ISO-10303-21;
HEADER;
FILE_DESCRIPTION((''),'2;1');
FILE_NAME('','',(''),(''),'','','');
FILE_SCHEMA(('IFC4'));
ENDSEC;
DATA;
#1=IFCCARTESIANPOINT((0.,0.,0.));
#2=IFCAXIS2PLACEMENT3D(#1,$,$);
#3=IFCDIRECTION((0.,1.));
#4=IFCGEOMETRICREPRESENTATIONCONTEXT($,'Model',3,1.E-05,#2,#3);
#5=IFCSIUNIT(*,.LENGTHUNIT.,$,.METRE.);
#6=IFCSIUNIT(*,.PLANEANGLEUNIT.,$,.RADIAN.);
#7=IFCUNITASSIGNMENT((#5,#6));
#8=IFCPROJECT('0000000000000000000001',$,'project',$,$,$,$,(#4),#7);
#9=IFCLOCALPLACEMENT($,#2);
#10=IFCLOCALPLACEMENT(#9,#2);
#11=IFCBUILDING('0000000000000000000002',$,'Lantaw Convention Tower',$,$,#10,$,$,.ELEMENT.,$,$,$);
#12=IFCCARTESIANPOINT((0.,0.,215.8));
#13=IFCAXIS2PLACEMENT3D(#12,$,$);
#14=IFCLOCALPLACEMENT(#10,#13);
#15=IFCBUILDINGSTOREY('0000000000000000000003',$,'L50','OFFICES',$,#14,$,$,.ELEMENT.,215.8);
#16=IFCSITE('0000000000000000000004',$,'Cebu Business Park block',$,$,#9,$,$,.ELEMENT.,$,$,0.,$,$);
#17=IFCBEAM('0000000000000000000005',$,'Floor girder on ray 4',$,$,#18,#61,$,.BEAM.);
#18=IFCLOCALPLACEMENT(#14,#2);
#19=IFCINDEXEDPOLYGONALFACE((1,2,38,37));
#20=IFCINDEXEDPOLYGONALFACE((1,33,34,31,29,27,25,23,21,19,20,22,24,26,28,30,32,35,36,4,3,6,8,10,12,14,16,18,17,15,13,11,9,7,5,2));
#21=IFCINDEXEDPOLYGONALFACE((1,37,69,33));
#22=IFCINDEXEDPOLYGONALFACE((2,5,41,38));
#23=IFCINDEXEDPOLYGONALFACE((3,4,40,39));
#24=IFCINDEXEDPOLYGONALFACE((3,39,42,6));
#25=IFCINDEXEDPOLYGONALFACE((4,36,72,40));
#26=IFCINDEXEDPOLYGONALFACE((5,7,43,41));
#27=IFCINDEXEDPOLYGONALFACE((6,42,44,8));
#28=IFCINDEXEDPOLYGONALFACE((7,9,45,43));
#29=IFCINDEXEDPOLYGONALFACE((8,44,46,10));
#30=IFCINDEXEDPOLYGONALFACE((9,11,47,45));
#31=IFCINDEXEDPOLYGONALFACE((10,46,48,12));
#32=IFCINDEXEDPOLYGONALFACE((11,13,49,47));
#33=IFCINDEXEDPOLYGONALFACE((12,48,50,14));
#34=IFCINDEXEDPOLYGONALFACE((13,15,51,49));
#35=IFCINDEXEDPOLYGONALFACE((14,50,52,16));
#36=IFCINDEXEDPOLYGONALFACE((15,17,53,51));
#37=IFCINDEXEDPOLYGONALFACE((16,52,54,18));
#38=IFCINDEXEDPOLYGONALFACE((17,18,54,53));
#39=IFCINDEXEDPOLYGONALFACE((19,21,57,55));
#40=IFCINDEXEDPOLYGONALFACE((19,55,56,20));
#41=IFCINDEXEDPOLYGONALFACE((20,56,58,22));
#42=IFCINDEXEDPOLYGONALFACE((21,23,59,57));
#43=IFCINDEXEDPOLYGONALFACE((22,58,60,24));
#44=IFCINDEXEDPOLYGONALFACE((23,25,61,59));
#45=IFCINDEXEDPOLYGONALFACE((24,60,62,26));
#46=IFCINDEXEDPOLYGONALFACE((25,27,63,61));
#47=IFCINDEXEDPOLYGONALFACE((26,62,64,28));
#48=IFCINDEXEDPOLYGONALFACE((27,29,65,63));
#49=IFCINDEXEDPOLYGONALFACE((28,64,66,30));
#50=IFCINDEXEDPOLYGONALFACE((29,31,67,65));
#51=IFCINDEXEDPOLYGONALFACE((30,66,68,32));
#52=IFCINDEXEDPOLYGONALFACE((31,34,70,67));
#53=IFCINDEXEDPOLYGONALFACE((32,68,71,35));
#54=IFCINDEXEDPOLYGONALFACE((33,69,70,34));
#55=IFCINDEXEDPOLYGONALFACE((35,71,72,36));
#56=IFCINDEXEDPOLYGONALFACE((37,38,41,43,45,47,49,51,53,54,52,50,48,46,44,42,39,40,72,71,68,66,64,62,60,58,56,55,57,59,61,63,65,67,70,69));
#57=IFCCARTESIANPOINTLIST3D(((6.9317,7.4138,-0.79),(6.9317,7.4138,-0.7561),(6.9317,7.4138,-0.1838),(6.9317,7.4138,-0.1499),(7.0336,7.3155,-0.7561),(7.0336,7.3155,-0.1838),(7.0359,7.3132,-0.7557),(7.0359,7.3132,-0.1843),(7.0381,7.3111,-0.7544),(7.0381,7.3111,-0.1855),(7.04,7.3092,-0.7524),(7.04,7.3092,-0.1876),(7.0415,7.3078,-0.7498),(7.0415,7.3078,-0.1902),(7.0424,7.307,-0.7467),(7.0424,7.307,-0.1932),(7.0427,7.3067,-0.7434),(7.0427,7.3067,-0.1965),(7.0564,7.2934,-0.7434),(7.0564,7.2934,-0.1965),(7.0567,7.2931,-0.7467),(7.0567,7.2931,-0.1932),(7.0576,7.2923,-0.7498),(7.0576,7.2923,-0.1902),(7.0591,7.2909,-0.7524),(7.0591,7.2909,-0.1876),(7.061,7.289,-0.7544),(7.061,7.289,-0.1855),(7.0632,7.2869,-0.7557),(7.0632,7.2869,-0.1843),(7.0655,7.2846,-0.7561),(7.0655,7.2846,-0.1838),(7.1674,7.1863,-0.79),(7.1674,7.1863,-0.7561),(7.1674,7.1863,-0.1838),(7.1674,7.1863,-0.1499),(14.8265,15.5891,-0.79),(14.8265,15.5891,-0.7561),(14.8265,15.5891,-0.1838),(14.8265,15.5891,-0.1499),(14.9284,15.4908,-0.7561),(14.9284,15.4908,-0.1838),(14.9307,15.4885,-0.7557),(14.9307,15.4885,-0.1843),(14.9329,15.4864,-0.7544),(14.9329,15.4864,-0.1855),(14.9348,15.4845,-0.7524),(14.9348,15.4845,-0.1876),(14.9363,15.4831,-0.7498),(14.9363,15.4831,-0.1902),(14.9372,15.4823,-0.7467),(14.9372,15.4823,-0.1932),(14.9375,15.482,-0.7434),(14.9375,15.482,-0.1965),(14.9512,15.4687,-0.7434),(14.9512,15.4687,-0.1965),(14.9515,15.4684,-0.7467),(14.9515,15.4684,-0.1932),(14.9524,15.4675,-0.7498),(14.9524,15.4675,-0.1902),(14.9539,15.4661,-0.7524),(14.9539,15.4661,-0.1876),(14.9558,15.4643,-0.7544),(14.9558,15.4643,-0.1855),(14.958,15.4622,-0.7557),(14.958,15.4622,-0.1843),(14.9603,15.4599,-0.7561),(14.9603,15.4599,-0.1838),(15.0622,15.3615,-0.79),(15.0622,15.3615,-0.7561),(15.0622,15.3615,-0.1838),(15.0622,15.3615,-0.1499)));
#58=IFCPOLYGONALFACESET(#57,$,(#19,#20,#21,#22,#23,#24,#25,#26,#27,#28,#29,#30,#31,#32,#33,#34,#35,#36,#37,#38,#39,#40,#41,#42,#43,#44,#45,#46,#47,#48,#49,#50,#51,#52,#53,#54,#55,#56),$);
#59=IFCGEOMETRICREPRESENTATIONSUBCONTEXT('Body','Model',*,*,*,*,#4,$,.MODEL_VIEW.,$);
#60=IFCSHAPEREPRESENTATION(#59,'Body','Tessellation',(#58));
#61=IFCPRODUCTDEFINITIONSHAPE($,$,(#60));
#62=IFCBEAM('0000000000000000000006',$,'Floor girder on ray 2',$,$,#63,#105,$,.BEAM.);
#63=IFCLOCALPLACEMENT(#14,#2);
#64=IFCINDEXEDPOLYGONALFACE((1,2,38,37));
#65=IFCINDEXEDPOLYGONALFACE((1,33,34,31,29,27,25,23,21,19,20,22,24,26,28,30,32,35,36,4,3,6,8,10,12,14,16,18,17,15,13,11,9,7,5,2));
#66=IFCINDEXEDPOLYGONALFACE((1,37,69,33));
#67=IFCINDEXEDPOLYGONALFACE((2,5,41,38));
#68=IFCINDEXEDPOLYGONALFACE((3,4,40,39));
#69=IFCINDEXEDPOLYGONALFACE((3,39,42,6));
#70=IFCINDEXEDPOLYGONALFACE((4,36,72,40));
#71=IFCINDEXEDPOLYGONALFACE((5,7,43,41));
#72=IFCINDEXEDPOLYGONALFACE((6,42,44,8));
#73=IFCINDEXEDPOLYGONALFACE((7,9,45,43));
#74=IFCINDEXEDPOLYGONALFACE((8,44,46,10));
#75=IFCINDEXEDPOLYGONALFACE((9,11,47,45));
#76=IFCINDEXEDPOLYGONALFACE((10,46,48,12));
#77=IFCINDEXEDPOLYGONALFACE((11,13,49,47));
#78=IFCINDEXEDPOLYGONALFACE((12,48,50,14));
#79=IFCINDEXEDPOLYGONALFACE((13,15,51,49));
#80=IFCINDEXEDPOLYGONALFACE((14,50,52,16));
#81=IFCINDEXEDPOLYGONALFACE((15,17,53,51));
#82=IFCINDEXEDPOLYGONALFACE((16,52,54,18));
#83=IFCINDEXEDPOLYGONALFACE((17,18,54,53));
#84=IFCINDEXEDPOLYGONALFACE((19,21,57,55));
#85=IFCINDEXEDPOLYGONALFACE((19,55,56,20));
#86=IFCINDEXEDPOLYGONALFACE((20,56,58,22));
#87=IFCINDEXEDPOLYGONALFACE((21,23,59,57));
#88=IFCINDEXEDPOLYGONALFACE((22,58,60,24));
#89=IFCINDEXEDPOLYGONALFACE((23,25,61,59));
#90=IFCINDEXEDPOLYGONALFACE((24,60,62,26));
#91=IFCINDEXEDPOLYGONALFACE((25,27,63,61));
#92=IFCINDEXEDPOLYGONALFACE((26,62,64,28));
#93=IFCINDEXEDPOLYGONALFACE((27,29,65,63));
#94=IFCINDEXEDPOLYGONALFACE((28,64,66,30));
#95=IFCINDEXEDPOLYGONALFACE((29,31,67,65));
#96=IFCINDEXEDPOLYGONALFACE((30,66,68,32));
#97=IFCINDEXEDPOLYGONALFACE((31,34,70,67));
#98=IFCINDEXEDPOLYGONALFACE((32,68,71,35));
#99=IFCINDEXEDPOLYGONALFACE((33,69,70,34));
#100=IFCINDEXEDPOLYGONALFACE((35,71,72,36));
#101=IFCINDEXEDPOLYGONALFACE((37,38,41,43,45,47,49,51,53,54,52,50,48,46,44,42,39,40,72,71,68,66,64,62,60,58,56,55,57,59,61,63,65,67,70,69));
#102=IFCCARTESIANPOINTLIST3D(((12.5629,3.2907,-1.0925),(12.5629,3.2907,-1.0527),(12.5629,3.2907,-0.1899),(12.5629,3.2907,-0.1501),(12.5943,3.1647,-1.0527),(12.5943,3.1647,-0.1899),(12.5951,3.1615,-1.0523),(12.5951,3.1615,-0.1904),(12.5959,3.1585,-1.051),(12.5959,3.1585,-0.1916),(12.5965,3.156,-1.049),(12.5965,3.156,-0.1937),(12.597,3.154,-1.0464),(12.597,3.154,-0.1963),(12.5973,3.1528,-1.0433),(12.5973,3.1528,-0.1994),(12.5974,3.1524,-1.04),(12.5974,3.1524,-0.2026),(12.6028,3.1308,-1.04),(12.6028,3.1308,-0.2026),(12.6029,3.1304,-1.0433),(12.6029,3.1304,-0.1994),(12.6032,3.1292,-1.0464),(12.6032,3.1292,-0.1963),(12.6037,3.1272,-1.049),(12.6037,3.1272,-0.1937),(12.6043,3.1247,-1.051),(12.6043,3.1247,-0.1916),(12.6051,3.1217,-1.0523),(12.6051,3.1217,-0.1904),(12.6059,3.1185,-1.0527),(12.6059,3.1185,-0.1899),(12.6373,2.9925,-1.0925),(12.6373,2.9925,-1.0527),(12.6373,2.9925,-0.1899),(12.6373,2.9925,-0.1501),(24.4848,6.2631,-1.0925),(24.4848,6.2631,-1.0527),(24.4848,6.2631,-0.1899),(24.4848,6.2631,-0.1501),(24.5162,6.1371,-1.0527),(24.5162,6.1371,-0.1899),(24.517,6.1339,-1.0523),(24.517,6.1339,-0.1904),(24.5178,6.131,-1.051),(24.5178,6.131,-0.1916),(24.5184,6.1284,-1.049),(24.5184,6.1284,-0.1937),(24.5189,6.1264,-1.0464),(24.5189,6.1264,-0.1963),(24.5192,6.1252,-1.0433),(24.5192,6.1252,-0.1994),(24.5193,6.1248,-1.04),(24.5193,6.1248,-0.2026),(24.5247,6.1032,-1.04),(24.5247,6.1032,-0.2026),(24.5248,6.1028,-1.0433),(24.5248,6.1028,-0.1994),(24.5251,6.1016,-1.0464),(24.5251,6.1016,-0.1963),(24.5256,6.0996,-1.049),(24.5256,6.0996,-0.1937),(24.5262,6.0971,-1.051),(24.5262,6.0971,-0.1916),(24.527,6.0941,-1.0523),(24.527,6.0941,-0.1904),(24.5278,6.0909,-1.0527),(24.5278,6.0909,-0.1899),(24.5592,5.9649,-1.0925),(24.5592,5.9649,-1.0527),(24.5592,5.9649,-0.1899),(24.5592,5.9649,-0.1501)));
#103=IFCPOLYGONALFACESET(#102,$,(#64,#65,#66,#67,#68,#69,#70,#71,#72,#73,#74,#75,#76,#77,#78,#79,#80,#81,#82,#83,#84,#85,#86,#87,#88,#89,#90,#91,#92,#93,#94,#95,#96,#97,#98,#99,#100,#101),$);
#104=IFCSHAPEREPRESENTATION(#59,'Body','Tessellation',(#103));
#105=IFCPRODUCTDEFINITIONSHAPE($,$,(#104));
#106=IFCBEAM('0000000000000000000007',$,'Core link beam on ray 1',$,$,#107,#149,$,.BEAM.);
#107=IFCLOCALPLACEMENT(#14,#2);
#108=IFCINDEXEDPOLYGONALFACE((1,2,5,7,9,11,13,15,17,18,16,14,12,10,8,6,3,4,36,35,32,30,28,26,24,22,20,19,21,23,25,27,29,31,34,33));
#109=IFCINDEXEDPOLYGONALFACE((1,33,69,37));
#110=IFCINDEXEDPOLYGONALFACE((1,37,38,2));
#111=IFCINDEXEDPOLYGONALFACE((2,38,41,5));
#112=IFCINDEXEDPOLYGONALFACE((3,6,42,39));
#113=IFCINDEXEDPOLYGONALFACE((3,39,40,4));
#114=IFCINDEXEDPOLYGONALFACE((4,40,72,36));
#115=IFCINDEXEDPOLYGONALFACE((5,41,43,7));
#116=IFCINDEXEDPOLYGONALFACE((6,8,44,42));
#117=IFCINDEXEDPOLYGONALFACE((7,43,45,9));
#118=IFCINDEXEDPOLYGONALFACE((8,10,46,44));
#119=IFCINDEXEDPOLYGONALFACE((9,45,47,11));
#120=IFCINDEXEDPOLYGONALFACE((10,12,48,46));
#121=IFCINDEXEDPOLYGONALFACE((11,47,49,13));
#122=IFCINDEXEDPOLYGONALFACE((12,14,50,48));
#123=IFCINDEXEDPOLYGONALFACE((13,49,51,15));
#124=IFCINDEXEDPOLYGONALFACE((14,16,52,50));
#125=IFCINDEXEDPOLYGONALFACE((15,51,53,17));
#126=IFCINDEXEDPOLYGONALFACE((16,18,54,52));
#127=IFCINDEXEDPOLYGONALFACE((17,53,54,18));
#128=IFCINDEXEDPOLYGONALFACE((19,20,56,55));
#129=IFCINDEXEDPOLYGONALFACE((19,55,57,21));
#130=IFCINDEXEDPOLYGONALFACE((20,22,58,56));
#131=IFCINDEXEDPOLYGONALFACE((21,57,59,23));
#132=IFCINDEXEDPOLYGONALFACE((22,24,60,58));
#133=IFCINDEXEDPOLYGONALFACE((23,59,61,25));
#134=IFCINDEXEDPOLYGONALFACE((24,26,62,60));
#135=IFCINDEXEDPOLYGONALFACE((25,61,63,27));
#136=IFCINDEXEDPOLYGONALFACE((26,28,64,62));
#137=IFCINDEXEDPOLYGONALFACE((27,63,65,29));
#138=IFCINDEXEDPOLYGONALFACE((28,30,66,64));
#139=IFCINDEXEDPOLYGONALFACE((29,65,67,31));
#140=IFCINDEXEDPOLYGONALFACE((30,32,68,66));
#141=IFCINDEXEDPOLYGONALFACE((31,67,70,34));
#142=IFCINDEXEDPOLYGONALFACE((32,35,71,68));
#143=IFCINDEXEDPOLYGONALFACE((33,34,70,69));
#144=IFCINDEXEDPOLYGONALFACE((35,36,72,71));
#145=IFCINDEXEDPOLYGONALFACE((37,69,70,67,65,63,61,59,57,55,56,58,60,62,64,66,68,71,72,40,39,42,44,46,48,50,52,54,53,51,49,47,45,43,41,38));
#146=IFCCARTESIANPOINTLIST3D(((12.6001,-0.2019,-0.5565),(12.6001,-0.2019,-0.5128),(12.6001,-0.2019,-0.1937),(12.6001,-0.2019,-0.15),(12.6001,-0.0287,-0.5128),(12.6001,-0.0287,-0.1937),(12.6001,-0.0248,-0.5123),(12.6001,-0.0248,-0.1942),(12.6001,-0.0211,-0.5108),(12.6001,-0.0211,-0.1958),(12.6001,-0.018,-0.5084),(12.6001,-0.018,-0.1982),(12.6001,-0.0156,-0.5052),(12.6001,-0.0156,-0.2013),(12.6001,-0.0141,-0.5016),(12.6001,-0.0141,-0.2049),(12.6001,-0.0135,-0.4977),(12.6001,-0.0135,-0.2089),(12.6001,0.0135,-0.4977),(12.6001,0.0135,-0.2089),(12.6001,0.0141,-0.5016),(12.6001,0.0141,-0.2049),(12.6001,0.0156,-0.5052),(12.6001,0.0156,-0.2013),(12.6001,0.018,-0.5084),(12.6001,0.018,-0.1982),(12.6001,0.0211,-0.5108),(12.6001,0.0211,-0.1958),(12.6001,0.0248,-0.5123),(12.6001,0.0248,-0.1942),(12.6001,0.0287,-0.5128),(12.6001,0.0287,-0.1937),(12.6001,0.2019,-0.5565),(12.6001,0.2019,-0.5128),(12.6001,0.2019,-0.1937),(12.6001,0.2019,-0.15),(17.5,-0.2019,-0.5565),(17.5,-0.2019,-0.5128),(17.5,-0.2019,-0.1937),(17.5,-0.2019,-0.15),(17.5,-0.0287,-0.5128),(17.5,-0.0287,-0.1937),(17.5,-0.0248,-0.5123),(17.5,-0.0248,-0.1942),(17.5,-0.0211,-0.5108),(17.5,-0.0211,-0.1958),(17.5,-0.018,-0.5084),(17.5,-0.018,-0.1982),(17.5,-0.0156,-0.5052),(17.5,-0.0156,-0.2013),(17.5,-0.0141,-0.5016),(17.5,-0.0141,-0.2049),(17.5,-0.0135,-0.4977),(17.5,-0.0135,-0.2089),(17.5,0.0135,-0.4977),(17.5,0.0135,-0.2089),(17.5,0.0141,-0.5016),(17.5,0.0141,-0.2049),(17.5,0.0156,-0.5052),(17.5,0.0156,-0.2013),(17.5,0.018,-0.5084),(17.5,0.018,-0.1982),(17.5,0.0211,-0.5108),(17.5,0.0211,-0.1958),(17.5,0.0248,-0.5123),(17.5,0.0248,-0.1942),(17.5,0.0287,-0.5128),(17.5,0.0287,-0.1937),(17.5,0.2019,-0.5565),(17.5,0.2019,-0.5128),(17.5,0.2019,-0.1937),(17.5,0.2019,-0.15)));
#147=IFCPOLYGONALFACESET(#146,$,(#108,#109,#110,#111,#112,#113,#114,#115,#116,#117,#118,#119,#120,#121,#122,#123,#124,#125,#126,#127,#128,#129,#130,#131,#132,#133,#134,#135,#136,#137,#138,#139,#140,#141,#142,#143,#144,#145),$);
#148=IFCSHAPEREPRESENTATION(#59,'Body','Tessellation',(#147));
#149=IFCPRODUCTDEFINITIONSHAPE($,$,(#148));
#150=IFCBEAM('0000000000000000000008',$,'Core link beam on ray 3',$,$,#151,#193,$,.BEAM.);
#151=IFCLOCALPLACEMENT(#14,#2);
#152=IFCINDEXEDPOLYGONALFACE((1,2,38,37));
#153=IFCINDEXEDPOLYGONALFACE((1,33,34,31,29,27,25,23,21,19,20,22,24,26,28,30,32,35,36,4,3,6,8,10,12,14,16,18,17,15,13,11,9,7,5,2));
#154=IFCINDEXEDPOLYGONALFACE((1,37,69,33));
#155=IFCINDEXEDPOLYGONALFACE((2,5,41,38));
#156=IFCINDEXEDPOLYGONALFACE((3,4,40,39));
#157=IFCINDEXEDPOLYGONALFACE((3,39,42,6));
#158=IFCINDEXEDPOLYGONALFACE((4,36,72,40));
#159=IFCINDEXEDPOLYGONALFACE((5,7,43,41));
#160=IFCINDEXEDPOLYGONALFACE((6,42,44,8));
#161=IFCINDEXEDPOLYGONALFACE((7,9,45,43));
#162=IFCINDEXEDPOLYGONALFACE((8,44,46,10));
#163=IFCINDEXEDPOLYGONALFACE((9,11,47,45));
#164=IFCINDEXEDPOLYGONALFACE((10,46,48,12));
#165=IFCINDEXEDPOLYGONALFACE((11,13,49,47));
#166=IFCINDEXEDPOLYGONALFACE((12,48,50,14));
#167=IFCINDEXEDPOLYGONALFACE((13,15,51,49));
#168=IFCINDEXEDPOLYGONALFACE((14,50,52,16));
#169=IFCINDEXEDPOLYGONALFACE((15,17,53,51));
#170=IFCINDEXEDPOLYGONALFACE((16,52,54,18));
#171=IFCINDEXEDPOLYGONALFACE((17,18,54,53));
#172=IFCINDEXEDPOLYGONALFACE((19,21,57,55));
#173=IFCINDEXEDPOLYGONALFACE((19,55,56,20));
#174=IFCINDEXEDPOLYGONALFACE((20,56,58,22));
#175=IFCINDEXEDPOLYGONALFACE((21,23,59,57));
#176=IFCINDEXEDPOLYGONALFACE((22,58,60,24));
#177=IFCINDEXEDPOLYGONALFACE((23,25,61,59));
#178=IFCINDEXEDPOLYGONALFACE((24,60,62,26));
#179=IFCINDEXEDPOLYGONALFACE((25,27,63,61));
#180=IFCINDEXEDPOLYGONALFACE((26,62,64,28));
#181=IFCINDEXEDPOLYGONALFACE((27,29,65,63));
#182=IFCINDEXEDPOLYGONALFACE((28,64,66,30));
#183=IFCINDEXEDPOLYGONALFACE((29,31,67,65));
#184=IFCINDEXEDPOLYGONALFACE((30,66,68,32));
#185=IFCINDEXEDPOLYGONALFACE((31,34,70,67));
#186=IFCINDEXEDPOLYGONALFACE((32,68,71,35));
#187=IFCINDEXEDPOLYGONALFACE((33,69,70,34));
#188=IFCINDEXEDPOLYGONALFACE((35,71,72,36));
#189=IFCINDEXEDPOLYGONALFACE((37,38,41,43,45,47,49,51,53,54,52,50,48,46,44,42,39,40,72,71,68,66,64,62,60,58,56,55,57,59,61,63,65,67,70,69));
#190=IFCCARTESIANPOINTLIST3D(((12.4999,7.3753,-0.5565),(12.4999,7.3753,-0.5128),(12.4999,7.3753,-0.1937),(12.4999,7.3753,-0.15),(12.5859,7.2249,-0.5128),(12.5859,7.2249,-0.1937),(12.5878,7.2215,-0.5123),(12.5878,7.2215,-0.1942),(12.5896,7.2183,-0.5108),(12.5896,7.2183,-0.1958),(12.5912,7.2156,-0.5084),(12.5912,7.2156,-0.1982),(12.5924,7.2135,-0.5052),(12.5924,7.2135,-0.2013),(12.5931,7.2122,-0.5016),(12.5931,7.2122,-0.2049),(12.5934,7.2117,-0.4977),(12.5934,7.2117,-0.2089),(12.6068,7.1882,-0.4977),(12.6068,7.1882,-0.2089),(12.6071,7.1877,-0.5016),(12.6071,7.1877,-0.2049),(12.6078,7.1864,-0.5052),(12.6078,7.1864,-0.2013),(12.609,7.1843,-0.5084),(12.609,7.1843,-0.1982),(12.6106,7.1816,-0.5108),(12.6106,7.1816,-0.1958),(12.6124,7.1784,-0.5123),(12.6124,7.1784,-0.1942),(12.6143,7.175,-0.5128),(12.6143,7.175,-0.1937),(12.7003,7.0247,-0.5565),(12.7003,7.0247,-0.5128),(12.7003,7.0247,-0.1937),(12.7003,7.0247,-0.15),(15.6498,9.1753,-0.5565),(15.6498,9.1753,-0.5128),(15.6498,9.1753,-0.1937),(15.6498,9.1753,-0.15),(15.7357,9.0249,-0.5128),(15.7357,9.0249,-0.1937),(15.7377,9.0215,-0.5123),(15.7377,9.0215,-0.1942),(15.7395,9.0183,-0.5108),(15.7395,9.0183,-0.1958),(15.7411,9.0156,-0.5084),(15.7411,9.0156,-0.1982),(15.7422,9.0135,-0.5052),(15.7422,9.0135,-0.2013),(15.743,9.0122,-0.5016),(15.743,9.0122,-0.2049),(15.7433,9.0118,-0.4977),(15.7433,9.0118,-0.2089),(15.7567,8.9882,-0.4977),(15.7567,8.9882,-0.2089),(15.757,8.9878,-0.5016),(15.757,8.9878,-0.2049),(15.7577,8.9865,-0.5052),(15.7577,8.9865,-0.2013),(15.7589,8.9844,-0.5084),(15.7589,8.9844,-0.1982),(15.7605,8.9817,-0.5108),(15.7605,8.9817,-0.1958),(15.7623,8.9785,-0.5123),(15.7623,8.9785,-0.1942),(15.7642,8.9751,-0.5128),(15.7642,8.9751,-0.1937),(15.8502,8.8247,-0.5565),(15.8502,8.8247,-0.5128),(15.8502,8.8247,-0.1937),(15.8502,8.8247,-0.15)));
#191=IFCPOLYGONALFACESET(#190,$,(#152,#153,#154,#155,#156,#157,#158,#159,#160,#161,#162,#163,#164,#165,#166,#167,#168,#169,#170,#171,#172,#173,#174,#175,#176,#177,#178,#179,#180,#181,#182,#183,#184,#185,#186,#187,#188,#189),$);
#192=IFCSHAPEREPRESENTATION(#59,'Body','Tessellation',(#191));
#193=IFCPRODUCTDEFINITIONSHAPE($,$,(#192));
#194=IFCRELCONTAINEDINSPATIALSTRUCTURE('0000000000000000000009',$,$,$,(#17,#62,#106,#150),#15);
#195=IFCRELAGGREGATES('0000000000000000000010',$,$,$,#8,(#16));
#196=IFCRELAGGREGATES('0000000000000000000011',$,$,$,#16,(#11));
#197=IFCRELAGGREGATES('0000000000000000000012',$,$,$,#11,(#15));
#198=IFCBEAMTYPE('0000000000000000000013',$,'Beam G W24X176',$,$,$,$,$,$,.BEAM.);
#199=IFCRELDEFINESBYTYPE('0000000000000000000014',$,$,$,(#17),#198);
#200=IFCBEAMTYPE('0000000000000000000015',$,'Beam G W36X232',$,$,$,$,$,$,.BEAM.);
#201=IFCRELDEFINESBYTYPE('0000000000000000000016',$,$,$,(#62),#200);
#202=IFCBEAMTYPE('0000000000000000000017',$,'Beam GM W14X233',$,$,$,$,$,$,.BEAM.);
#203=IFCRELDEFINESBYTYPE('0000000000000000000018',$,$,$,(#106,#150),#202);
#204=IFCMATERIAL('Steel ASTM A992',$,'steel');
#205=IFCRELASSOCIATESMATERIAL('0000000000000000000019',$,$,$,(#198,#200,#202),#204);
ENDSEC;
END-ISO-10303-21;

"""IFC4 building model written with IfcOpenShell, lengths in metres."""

from ifc_helpers import new_model, si_unit, direction, frame, origin, origin_2d, place, context, subcontext, project, spatial, i_section, extrude, material, material_profile, profile_set, type_object, element, save


model = new_model("IFC4")

# Units and contexts
model_context = context("Model", 3, precision=1e-05, world=origin(), true_north=direction((0.0, 1.0)))
body_context = subcontext(model_context, "Body", "Model", "MODEL_VIEW")
ifc_project = project(units=[si_unit("LENGTHUNIT", "METRE"), si_unit("PLANEANGLEUNIT", "RADIAN")], contexts=[model_context])

# Site, building, storey
site_placement = place(None, origin())
site = spatial("IfcSite", under=ifc_project, at=site_placement, Name="Cebu Business Park block", CompositionType="ELEMENT", RefElevation=0.0)
building_placement = place(site_placement, origin())
building = spatial("IfcBuilding", under=site, at=building_placement, Name="Lantaw Convention Tower", CompositionType="ELEMENT")
storey_placement = place(building_placement, frame((0.0, 0.0, 215.8)))
storey = spatial("IfcBuildingStorey", under=building, at=storey_placement, Name="L50", Description="OFFICES", CompositionType="ELEMENT", Elevation=215.8)

# Beams
ifc_material_1 = material(Name="Steel ASTM A992", Category="steel")
ifc_material_profile_1 = material_profile(ifc_material_1, i_section(OverallWidth=0.3276, OverallDepth=0.6401, WebThickness=0.019, FlangeThickness=0.0339, FilletRadius=0.0127, at=origin_2d()), Name="W24X176")
ifc_profile_set_1 = profile_set([ifc_material_profile_1], Name="Steel ASTM A992")
beam_type_1 = type_object("IfcBeamType", Name="Beam G W24X176", PredefinedType="BEAM", material=ifc_profile_set_1)
beam_1_placement = place(storey_placement, frame((7.0496, 7.3, -0.47), z_axis=(0.694658, 0.71934, 0.0), x_axis=(-0.71934, 0.694658, 0.0)))
element("IfcBeam", 1, at=beam_1_placement, inside=storey, type_object=beam_type_1, Name="Floor girder on ray 4", PredefinedType="BEAM", context=body_context, shape_type="SweptSolid", body=[
    extrude(i_section(OverallWidth=0.3276, OverallDepth=0.6401, WebThickness=0.019, FlangeThickness=0.0339, FilletRadius=0.0127, at=origin_2d()), origin(), (0.0, 0.0, 1.0), 11.365),
])
ifc_material_profile_2 = material_profile(ifc_material_1, i_section(OverallWidth=0.3074, OverallDepth=0.9424, WebThickness=0.0222, FlangeThickness=0.0398, FilletRadius=0.0127, at=origin_2d()), Name="W36X232")
ifc_profile_set_2 = profile_set([ifc_material_profile_2], Name="Steel ASTM A992")
beam_type_2 = type_object("IfcBeamType", Name="Beam G W36X232", PredefinedType="BEAM", material=ifc_profile_set_2)
beam_2_placement = place(storey_placement, frame((12.6001, 3.1416, -0.6213), z_axis=(0.970297, 0.241918, 0.0), x_axis=(-0.241918, 0.970297, 0.0)))
element("IfcBeam", 2, at=beam_2_placement, inside=storey, type_object=beam_type_2, Name="Floor girder on ray 2", PredefinedType="BEAM", context=body_context, shape_type="SweptSolid", body=[
    extrude(i_section(OverallWidth=0.3074, OverallDepth=0.9424, WebThickness=0.0222, FlangeThickness=0.0398, FilletRadius=0.0127, at=origin_2d()), origin(), (0.0, 0.0, 1.0), 12.2869),
])
ifc_material_profile_3 = material_profile(ifc_material_1, i_section(OverallWidth=0.4038, OverallDepth=0.4065, WebThickness=0.0271, FlangeThickness=0.0437, FilletRadius=0.0151, at=origin_2d()), Name="W14X233")
ifc_profile_set_3 = profile_set([ifc_material_profile_3], Name="Steel ASTM A992")
beam_type_3 = type_object("IfcBeamType", Name="Beam GM W14X233", PredefinedType="BEAM", material=ifc_profile_set_3)
beam_3_placement = place(storey_placement, frame((12.6001, 0.0, -0.3533), z_axis=(1.0, 0.0, 0.0), x_axis=(0.0, 1.0, 0.0)))
element("IfcBeam", 3, at=beam_3_placement, inside=storey, type_object=beam_type_3, Name="Core link beam on ray 1", PredefinedType="BEAM", context=body_context, shape_type="SweptSolid", body=[
    extrude(i_section(OverallWidth=0.4038, OverallDepth=0.4065, WebThickness=0.0271, FlangeThickness=0.0437, FilletRadius=0.0151, at=origin_2d()), origin(), (0.0, 0.0, 1.0), 4.8999),
])
beam_4_placement = place(storey_placement, frame((12.6001, 7.2, -0.3533), z_axis=(0.868231, 0.496161, 0.0), x_axis=(-0.496161, 0.868231, 0.0)))
element("IfcBeam", 4, at=beam_4_placement, inside=storey, type_object=beam_type_3, Name="Core link beam on ray 3", PredefinedType="BEAM", context=body_context, shape_type="SweptSolid", body=[
    extrude(i_section(OverallWidth=0.4038, OverallDepth=0.4065, WebThickness=0.0271, FlangeThickness=0.0437, FilletRadius=0.0151, at=origin_2d()), origin(), (0.0, 0.0, 1.0), 3.6279),
])

save(model, "model.ifc")
